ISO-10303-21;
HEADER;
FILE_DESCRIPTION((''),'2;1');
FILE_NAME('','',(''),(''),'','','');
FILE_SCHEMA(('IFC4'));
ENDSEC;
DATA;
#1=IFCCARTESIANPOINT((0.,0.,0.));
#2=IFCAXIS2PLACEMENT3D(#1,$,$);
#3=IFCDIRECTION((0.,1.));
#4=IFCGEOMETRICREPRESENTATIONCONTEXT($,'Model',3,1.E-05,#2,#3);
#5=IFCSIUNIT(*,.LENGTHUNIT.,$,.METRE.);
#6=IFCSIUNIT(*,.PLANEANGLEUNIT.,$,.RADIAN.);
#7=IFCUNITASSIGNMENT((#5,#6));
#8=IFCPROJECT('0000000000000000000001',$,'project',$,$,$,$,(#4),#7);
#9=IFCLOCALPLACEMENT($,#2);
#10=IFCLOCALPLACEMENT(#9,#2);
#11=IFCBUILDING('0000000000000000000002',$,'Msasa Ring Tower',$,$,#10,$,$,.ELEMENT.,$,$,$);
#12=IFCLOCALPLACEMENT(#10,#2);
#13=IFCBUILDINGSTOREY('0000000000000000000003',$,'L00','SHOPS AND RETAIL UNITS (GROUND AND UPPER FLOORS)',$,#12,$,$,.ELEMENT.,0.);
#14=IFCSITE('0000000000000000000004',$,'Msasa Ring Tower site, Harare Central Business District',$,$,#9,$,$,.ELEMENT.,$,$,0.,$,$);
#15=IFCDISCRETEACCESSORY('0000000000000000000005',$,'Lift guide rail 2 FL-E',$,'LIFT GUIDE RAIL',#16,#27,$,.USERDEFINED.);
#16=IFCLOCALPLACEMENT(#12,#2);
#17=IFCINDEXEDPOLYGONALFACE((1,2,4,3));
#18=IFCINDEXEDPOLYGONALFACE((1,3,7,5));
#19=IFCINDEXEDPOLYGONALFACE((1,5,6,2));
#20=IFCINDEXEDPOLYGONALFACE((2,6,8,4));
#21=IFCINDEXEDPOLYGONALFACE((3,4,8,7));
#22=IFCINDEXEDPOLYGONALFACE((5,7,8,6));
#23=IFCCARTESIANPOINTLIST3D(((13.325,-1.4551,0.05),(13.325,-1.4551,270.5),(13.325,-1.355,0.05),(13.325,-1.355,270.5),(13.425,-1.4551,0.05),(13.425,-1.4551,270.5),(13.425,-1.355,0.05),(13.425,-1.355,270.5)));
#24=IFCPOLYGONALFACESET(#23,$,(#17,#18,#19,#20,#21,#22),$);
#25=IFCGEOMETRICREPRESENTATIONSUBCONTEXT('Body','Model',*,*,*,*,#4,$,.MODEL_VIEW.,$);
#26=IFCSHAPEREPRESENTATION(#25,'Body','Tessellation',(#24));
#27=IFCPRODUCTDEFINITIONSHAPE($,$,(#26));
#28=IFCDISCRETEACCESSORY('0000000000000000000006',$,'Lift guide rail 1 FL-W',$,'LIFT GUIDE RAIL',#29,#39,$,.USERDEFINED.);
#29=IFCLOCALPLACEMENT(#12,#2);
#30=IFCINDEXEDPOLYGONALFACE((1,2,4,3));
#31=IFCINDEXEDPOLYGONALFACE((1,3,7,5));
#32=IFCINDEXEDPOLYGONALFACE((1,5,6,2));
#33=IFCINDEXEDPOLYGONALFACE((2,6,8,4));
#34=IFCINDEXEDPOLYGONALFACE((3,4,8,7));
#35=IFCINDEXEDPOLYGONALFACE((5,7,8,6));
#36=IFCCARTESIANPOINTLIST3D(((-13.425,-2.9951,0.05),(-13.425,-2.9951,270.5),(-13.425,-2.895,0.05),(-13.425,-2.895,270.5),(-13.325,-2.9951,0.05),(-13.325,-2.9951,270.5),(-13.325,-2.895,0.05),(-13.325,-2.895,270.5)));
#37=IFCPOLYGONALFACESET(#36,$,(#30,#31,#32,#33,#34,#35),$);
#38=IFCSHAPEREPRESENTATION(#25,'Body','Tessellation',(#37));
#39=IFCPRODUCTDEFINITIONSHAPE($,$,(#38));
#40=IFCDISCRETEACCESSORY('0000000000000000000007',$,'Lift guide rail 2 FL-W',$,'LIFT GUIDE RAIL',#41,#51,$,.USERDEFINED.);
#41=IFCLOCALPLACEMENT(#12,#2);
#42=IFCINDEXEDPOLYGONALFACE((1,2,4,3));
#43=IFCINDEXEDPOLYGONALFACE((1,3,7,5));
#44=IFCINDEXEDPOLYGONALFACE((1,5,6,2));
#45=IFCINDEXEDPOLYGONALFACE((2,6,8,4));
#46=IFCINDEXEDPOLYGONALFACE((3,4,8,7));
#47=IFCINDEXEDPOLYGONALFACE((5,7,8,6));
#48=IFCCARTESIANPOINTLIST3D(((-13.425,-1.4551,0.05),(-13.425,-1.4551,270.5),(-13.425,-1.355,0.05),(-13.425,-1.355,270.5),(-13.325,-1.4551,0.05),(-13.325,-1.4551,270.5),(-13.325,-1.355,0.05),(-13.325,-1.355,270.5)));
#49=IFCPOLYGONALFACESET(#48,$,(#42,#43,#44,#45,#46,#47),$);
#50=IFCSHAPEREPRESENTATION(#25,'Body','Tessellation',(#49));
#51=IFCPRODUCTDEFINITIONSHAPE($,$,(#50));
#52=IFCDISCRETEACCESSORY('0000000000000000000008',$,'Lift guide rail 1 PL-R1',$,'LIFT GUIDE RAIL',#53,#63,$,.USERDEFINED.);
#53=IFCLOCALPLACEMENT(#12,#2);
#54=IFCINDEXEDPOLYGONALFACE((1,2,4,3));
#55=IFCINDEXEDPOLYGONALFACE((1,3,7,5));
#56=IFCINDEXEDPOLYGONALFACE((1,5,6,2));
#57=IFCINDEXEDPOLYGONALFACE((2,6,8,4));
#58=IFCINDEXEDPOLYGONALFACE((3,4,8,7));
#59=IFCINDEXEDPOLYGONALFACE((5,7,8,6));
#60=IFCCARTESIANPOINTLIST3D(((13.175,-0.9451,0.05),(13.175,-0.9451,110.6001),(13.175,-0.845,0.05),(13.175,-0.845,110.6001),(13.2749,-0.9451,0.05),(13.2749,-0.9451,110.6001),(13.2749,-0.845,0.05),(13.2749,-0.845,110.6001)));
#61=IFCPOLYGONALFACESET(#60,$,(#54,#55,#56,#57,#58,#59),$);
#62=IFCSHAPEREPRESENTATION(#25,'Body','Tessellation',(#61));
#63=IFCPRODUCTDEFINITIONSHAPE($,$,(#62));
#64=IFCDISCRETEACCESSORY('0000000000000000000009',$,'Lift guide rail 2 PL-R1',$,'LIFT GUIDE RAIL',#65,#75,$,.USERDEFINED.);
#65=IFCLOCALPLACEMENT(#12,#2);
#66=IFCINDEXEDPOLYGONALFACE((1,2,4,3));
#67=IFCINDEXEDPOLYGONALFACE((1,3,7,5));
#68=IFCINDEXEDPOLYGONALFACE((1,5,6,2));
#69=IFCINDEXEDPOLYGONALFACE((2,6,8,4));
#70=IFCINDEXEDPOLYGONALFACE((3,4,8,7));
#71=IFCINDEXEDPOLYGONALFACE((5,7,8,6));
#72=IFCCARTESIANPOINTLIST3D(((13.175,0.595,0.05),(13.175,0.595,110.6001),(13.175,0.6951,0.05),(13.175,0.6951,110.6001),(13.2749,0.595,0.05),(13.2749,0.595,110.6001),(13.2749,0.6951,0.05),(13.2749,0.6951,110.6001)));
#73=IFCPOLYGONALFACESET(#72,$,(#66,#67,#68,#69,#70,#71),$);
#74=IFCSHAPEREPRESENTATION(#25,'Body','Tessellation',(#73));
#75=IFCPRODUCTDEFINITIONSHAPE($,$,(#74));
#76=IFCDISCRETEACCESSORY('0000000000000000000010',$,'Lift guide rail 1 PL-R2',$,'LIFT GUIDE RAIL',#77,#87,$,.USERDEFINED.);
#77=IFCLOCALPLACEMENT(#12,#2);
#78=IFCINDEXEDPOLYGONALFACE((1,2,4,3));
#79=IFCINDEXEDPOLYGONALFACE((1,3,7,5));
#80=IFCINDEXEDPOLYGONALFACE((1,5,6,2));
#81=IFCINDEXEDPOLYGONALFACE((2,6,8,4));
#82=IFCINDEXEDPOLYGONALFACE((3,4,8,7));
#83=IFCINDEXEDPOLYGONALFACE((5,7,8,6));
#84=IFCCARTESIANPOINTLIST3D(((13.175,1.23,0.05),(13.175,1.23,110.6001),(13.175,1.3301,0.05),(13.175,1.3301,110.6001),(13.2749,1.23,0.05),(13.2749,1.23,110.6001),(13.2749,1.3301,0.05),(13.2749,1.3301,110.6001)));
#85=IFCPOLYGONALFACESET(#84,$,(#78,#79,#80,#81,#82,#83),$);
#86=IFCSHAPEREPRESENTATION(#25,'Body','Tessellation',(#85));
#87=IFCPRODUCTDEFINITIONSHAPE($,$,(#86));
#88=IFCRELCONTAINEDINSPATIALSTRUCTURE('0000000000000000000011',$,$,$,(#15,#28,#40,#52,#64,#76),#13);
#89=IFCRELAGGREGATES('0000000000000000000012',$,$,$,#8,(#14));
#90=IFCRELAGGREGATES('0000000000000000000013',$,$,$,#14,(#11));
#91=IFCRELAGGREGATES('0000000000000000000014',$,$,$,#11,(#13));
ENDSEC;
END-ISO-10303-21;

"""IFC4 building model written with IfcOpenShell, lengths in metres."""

from ifc_helpers import new_model, si_unit, direction, frame, origin, place, context, subcontext, project, spatial, polyline, outline, extrude, element, save


model = new_model("IFC4")

# Units and contexts
model_context = context("Model", 3, precision=1e-05, world=origin(), true_north=direction((0.0, 1.0)))
body_context = subcontext(model_context, "Body", "Model", "MODEL_VIEW")
ifc_project = project(units=[si_unit("LENGTHUNIT", "METRE"), si_unit("PLANEANGLEUNIT", "RADIAN")], contexts=[model_context])

# Site, building, storey
site_placement = place(None, origin())
site = spatial("IfcSite", under=ifc_project, at=site_placement, Name="Msasa Ring Tower site, Harare Central Business District", CompositionType="ELEMENT", RefElevation=0.0)
building_placement = place(site_placement, origin())
building = spatial("IfcBuilding", under=site, at=building_placement, Name="Msasa Ring Tower", CompositionType="ELEMENT")
storey_placement = place(building_placement, origin())
storey = spatial("IfcBuildingStorey", under=building, at=storey_placement, Name="L00", Description="SHOPS AND RETAIL UNITS (GROUND AND UPPER FLOORS)", CompositionType="ELEMENT", Elevation=0.0)

# Discrete accessories
discrete_accessory_1_placement = place(storey_placement, frame((0.0, 0.0, 0.05)))
element("IfcDiscreteAccessory", 1, at=discrete_accessory_1_placement, inside=storey, Name="Lift guide rail 2 FL-E", ObjectType="LIFT GUIDE RAIL", PredefinedType="USERDEFINED", context=body_context, shape_type="SweptSolid", body=[
    extrude(outline(polyline([(13.325, -1.4551), (13.425, -1.4551), (13.425, -1.355), (13.325, -1.355), (13.325, -1.4551)])), origin(), (0.0, 0.0, 1.0), 270.45),
])
discrete_accessory_2_placement = place(storey_placement, frame((0.0, 0.0, 0.05)))
element("IfcDiscreteAccessory", 2, at=discrete_accessory_2_placement, inside=storey, Name="Lift guide rail 1 FL-W", ObjectType="LIFT GUIDE RAIL", PredefinedType="USERDEFINED", context=body_context, shape_type="SweptSolid", body=[
    extrude(outline(polyline([(-13.425, -2.9951), (-13.325, -2.9951), (-13.325, -2.895), (-13.425, -2.895), (-13.425, -2.9951)])), origin(), (0.0, 0.0, 1.0), 270.45),
])
discrete_accessory_3_placement = place(storey_placement, frame((0.0, 0.0, 0.05)))
element("IfcDiscreteAccessory", 3, at=discrete_accessory_3_placement, inside=storey, Name="Lift guide rail 2 FL-W", ObjectType="LIFT GUIDE RAIL", PredefinedType="USERDEFINED", context=body_context, shape_type="SweptSolid", body=[
    extrude(outline(polyline([(-13.425, -1.4551), (-13.325, -1.4551), (-13.325, -1.355), (-13.425, -1.355), (-13.425, -1.4551)])), origin(), (0.0, 0.0, 1.0), 270.45),
])
discrete_accessory_4_placement = place(storey_placement, frame((0.0, 0.0, 0.05)))
element("IfcDiscreteAccessory", 4, at=discrete_accessory_4_placement, inside=storey, Name="Lift guide rail 1 PL-R1", ObjectType="LIFT GUIDE RAIL", PredefinedType="USERDEFINED", context=body_context, shape_type="SweptSolid", body=[
    extrude(outline(polyline([(13.175, -0.9451), (13.2749, -0.9451), (13.2749, -0.845), (13.175, -0.845), (13.175, -0.9451)])), origin(), (0.0, 0.0, 1.0), 110.55),
])
discrete_accessory_5_placement = place(storey_placement, frame((0.0, 0.0, 0.05)))
element("IfcDiscreteAccessory", 5, at=discrete_accessory_5_placement, inside=storey, Name="Lift guide rail 2 PL-R1", ObjectType="LIFT GUIDE RAIL", PredefinedType="USERDEFINED", context=body_context, shape_type="SweptSolid", body=[
    extrude(outline(polyline([(13.175, 0.595), (13.2749, 0.595), (13.2749, 0.6951), (13.175, 0.6951), (13.175, 0.595)])), origin(), (0.0, 0.0, 1.0), 110.55),
])
discrete_accessory_6_placement = place(storey_placement, frame((0.0, 0.0, 0.05)))
element("IfcDiscreteAccessory", 6, at=discrete_accessory_6_placement, inside=storey, Name="Lift guide rail 1 PL-R2", ObjectType="LIFT GUIDE RAIL", PredefinedType="USERDEFINED", context=body_context, shape_type="SweptSolid", body=[
    extrude(outline(polyline([(13.175, 1.23), (13.2749, 1.23), (13.2749, 1.3301), (13.175, 1.3301), (13.175, 1.23)])), origin(), (0.0, 0.0, 1.0), 110.55),
])

save(model, "model.ifc")
